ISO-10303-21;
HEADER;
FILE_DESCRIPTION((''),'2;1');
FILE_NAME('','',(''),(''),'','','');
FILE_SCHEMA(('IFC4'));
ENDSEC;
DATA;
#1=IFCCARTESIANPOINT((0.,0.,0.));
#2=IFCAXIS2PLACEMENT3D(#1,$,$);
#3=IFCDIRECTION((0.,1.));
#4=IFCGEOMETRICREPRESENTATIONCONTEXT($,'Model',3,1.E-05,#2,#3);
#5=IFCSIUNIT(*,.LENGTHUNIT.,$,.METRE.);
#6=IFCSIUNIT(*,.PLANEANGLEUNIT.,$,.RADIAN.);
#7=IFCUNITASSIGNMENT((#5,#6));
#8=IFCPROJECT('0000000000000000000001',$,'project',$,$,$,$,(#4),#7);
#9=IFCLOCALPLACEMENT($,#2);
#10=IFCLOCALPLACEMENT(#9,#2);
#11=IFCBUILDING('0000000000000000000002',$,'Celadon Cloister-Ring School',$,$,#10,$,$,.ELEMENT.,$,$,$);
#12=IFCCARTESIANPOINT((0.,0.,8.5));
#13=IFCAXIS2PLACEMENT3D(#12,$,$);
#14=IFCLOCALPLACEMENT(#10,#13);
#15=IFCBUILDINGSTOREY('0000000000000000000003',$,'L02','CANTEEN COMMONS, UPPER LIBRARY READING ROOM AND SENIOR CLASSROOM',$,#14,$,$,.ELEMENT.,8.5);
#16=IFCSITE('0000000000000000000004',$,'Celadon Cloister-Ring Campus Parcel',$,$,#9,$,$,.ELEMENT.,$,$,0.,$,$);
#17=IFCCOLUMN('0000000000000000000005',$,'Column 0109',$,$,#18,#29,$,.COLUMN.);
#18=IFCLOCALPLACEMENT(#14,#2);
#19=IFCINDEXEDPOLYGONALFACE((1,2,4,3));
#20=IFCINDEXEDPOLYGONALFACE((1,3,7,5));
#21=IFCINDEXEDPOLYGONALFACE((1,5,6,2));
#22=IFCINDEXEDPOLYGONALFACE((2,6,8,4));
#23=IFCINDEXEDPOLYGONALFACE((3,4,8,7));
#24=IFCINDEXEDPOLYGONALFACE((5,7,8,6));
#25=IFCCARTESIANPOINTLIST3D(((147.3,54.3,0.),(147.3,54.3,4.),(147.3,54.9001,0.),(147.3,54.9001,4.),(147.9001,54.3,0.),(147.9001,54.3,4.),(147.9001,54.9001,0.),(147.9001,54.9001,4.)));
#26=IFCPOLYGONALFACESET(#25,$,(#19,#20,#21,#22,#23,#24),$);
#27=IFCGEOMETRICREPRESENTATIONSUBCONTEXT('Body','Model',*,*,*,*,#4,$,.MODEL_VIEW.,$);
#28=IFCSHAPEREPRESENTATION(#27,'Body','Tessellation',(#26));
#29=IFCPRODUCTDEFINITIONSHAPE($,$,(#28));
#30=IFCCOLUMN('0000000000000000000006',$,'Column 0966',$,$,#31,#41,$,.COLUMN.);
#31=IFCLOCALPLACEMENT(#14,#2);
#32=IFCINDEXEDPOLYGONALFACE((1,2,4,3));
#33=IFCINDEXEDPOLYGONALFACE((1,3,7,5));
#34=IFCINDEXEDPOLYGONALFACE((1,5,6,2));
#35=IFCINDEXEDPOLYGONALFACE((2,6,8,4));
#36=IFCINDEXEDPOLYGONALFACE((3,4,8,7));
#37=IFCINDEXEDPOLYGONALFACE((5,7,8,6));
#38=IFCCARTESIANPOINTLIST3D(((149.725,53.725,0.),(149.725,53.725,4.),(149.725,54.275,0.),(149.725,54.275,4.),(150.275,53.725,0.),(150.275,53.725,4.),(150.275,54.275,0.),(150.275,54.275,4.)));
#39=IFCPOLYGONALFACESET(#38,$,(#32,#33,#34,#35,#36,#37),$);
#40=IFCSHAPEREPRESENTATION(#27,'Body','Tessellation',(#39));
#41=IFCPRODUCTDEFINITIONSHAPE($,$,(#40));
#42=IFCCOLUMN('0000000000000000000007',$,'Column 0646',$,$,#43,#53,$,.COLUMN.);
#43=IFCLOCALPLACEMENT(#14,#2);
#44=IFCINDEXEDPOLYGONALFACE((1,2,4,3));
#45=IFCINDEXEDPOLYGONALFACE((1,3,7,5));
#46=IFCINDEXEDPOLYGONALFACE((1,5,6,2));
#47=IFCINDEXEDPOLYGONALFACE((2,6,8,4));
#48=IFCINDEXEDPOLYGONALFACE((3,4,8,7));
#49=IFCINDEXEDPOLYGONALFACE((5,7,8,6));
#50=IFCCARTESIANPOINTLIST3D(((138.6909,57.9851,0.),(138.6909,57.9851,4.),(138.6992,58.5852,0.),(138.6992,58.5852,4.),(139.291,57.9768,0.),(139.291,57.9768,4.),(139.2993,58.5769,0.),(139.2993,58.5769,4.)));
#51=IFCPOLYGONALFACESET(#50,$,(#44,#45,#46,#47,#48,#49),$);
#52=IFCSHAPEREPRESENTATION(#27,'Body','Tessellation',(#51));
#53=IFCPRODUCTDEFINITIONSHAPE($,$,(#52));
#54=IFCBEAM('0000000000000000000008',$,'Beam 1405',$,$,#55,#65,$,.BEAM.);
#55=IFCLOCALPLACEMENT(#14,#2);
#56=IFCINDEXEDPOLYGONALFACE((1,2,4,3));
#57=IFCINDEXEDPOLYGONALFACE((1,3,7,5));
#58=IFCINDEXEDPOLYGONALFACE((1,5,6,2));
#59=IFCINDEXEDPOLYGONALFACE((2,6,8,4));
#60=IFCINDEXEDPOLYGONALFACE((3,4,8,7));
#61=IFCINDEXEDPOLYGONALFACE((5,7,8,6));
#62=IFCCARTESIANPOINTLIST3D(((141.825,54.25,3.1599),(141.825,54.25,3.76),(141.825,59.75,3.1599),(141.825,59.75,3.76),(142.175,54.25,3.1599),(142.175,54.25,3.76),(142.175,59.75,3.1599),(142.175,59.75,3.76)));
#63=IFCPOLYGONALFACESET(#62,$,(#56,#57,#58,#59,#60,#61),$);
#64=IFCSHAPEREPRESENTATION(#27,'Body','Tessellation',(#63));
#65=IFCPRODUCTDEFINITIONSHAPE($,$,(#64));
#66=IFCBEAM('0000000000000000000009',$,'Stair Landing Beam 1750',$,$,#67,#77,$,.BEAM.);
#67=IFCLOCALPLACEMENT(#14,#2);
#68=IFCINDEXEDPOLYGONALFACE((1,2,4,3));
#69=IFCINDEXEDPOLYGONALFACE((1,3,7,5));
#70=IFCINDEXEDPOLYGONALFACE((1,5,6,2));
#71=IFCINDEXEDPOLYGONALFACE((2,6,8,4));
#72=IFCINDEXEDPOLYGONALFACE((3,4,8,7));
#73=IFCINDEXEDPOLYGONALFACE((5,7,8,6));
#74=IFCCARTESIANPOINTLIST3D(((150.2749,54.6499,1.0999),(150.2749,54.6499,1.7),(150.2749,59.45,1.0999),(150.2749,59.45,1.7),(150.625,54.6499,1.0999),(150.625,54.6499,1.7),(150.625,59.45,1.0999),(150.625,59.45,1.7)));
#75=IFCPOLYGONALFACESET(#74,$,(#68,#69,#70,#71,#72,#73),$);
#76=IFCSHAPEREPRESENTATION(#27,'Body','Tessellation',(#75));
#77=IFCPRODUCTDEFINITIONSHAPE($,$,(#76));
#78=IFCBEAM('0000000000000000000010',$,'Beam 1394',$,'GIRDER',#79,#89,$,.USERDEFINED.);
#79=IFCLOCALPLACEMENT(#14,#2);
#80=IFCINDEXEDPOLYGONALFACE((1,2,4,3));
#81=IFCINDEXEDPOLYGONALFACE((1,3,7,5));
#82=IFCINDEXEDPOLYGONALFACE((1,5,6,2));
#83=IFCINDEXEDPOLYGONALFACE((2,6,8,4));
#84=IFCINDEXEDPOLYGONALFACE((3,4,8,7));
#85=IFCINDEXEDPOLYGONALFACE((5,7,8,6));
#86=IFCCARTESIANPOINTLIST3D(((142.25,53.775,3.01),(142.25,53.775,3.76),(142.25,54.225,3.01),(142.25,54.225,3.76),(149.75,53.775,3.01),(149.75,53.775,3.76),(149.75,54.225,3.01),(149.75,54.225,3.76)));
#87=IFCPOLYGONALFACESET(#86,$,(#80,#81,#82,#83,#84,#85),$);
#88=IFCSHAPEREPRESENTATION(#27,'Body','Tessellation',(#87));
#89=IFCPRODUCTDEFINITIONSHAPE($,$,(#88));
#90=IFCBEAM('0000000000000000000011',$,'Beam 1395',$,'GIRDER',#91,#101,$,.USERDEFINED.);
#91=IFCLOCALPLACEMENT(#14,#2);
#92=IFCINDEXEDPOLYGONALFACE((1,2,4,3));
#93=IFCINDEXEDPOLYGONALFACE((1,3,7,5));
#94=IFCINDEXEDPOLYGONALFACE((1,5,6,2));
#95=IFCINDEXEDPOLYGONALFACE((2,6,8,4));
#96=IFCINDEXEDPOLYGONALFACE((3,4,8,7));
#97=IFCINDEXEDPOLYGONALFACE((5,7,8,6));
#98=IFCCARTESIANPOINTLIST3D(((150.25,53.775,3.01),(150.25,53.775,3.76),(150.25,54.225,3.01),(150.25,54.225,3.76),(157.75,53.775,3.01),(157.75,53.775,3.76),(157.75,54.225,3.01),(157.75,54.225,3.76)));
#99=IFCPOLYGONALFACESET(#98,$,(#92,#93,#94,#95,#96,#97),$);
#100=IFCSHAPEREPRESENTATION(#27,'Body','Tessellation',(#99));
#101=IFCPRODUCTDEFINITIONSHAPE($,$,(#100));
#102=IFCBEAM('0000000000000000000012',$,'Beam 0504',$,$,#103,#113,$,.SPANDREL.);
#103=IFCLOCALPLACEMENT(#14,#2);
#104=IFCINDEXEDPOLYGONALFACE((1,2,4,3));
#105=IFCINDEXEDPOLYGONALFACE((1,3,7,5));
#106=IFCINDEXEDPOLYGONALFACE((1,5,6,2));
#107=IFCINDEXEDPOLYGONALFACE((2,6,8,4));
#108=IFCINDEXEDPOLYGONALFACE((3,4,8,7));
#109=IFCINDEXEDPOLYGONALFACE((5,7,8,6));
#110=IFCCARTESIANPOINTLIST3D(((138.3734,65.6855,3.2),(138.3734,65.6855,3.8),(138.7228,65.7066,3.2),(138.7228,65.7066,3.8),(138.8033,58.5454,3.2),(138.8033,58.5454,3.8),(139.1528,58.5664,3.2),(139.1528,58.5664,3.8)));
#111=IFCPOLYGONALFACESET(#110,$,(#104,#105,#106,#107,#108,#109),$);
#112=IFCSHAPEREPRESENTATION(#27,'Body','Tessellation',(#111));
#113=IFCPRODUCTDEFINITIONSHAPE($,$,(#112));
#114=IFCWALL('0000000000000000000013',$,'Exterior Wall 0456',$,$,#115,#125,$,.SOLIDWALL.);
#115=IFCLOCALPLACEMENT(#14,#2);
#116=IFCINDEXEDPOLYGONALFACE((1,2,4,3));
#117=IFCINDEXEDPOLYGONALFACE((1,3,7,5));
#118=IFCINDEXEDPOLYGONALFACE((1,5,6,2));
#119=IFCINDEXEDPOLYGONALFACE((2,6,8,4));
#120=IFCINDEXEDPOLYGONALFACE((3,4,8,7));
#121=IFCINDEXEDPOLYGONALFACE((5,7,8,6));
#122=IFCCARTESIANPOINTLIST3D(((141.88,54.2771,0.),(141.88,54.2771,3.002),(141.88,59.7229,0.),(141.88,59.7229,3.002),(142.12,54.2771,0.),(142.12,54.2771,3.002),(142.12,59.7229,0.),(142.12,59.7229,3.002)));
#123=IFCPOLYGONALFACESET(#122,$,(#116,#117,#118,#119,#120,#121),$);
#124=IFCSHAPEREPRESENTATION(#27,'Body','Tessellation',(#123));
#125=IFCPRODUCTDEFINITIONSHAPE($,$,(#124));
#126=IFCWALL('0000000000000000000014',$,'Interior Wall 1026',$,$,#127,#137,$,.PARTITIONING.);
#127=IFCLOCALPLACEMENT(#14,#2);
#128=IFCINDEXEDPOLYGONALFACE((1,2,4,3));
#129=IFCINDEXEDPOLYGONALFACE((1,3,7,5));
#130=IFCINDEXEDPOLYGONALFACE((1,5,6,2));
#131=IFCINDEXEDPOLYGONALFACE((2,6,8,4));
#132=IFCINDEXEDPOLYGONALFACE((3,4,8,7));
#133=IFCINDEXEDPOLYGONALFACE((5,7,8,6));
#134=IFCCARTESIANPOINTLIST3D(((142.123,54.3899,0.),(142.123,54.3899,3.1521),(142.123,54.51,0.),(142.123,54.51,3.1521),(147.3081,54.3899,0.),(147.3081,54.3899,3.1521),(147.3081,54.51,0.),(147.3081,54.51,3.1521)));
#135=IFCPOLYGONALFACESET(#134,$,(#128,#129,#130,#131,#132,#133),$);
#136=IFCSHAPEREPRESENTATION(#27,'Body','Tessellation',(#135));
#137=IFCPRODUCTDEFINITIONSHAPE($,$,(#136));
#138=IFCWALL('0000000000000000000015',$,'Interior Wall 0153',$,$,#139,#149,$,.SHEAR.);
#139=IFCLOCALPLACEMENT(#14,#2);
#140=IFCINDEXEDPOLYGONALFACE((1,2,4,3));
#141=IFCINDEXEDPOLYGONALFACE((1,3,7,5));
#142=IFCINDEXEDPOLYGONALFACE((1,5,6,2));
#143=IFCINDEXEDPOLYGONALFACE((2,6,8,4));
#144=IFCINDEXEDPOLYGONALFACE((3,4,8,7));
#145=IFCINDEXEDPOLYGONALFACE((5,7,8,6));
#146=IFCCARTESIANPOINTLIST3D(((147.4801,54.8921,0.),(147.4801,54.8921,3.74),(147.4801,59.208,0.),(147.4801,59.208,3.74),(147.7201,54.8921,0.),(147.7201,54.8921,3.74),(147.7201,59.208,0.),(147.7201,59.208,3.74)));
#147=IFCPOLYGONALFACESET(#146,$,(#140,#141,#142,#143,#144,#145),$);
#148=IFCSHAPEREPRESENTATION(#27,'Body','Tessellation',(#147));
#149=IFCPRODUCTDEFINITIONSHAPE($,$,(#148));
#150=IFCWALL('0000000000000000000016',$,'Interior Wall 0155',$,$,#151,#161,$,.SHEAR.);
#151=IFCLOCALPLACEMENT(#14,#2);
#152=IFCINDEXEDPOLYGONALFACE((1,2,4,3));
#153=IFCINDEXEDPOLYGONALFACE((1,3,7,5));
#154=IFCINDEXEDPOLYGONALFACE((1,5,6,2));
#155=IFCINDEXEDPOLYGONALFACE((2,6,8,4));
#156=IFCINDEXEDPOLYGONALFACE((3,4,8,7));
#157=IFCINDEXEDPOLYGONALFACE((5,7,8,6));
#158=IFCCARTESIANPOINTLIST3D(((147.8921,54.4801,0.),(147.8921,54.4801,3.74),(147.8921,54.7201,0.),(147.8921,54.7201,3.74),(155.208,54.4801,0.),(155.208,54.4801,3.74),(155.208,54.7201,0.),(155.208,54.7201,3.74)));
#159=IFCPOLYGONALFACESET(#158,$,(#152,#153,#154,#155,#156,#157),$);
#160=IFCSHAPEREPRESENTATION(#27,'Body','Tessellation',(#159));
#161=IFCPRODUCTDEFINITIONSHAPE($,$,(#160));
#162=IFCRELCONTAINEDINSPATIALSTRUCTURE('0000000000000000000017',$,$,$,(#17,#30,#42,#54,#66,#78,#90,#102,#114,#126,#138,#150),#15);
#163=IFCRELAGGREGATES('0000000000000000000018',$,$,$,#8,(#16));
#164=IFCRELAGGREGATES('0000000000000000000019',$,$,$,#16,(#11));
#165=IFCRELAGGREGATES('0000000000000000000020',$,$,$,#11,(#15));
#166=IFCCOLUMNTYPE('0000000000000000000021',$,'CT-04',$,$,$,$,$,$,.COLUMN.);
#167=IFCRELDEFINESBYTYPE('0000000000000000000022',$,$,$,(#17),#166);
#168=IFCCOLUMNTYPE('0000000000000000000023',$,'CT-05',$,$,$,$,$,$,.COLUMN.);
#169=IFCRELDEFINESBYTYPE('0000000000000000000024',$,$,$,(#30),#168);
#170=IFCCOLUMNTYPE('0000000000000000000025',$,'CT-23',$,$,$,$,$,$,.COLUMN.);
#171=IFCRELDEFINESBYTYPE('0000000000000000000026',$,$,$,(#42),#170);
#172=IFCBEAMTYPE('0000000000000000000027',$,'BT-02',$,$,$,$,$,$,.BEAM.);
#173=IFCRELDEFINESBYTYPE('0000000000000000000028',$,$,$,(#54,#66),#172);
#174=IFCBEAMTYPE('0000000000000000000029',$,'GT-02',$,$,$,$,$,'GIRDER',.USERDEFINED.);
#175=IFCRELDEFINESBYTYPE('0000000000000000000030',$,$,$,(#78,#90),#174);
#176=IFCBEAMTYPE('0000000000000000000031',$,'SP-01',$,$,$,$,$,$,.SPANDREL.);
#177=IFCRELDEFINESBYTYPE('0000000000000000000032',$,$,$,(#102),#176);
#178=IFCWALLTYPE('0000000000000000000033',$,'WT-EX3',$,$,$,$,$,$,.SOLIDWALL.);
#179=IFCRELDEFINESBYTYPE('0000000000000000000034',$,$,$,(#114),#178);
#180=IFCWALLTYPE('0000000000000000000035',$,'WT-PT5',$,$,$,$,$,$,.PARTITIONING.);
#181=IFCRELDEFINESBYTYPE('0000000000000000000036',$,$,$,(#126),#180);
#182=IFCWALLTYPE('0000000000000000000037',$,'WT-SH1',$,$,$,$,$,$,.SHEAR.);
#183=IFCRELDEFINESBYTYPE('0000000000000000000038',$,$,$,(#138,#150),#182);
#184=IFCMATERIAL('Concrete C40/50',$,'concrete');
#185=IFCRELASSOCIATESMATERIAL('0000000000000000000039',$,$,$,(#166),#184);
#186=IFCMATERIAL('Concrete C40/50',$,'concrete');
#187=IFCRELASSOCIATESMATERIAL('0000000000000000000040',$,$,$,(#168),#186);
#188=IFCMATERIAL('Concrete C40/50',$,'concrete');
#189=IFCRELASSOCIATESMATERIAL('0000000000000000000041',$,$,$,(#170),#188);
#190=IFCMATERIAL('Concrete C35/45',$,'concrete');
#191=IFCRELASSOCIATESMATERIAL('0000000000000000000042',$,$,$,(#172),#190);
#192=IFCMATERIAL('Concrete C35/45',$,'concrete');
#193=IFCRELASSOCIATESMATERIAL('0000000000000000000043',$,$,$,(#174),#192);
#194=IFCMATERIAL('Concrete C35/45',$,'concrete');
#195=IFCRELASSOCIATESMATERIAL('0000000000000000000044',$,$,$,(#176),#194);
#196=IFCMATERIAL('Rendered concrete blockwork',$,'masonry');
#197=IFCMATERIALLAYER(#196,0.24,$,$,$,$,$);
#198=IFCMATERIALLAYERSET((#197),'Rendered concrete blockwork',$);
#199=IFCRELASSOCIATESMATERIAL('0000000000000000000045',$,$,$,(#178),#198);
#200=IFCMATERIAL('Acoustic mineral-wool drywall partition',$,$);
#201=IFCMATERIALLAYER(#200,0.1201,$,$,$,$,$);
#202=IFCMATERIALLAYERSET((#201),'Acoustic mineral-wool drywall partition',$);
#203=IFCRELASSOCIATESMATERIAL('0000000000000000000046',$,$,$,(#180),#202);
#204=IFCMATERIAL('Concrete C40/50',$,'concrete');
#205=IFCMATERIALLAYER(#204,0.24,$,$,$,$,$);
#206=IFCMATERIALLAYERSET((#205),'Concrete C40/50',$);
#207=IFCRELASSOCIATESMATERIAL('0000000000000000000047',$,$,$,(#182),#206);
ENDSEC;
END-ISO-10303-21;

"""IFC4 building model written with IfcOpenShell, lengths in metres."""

from ifc_helpers import new_model, si_unit, direction, frame, frame_2d, origin, origin_2d, place, context, subcontext, project, spatial, rectangle, extrude, material, layer, layer_set, material_profile, profile_set, type_object, element, save


model = new_model("IFC4")

# Units and contexts
model_context = context("Model", 3, precision=1e-05, world=origin(), true_north=direction((0.0, 1.0)))
body_context = subcontext(model_context, "Body", "Model", "MODEL_VIEW")
ifc_project = project(units=[si_unit("LENGTHUNIT", "METRE"), si_unit("PLANEANGLEUNIT", "RADIAN")], contexts=[model_context])

# Site, building, storey
site_placement = place(None, origin())
site = spatial("IfcSite", under=ifc_project, at=site_placement, Name="Celadon Cloister-Ring Campus Parcel", CompositionType="ELEMENT", RefElevation=0.0)
building_placement = place(site_placement, origin())
building = spatial("IfcBuilding", under=site, at=building_placement, Name="Celadon Cloister-Ring School", CompositionType="ELEMENT")
storey_placement = place(building_placement, frame((0.0, 0.0, 8.5)))
storey = spatial("IfcBuildingStorey", under=building, at=storey_placement, Name="L02", Description="CANTEEN COMMONS, UPPER LIBRARY READING ROOM AND SENIOR CLASSROOM", CompositionType="ELEMENT", Elevation=8.5)

# Columns
ifc_material_1 = material(Name="Concrete C40/50", Category="concrete")
ifc_material_profile_1 = material_profile(ifc_material_1, rectangle(XDim=0.6001, YDim=0.6001, at=origin_2d()), Name="RC600X600")
ifc_profile_set_1 = profile_set([ifc_material_profile_1], Name="Concrete C40/50")
column_type_1 = type_object("IfcColumnType", Name="CT-04", PredefinedType="COLUMN", material=ifc_profile_set_1)
column_1_placement = place(storey_placement, frame((147.6001, 54.6001, 0.0), z_axis=(0.0, 0.0, 1.0), x_axis=(1.0, 0.0, 0.0)))
element("IfcColumn", 1, at=column_1_placement, inside=storey, type_object=column_type_1, Name="Column 0109", PredefinedType="COLUMN", context=body_context, shape_type="SweptSolid", body=[
    extrude(rectangle(XDim=0.6001, YDim=0.6001, at=origin_2d()), origin(), (0.0, 0.0, 1.0), 4.0),
])
ifc_material_2 = material(Name="Concrete C40/50", Category="concrete")
ifc_material_profile_2 = material_profile(ifc_material_2, rectangle(XDim=0.55, YDim=0.55, at=origin_2d()), Name="RC550X550")
ifc_profile_set_2 = profile_set([ifc_material_profile_2], Name="Concrete C40/50")
column_type_2 = type_object("IfcColumnType", Name="CT-05", PredefinedType="COLUMN", material=ifc_profile_set_2)
column_2_placement = place(storey_placement, frame((150.0, 54.0, 0.0), z_axis=(0.0, 0.0, 1.0), x_axis=(1.0, 0.0, 0.0)))
element("IfcColumn", 2, at=column_2_placement, inside=storey, type_object=column_type_2, Name="Column 0966", PredefinedType="COLUMN", context=body_context, shape_type="SweptSolid", body=[
    extrude(rectangle(XDim=0.55, YDim=0.55, at=origin_2d()), origin(), (0.0, 0.0, 1.0), 4.0),
])
ifc_material_3 = material(Name="Concrete C40/50", Category="concrete")
ifc_material_profile_3 = material_profile(ifc_material_3, rectangle(XDim=0.6001, YDim=0.6001, at=origin_2d()), Name="RC600X600")
ifc_profile_set_3 = profile_set([ifc_material_profile_3], Name="Concrete C40/50")
column_type_3 = type_object("IfcColumnType", Name="CT-23", PredefinedType="COLUMN", material=ifc_profile_set_3)
column_3_placement = place(storey_placement, frame((138.9951, 58.281, 0.0), z_axis=(0.0, 0.0, 1.0), x_axis=(0.999904, -0.013823, 0.0)))
element("IfcColumn", 3, at=column_3_placement, inside=storey, type_object=column_type_3, Name="Column 0646", PredefinedType="COLUMN", context=body_context, shape_type="SweptSolid", body=[
    extrude(rectangle(XDim=0.6001, YDim=0.6001, at=origin_2d()), origin(), (0.0, 0.0, 1.0), 4.0),
])

# Beams
ifc_material_4 = material(Name="Concrete C35/45", Category="concrete")
ifc_material_profile_4 = material_profile(ifc_material_4, rectangle(XDim=0.3501, YDim=0.6001, at=origin_2d()), Name="RC350X600")
ifc_profile_set_4 = profile_set([ifc_material_profile_4], Name="Concrete C35/45")
beam_type_1 = type_object("IfcBeamType", Name="BT-02", PredefinedType="BEAM", material=ifc_profile_set_4)
beam_1_placement = place(storey_placement, frame((142.0, 54.25, 3.46), z_axis=(0.0, 1.0, 0.0), x_axis=(-1.0, 0.0, 0.0)))
element("IfcBeam", 4, at=beam_1_placement, inside=storey, type_object=beam_type_1, Name="Beam 1405", PredefinedType="BEAM", context=body_context, shape_type="SweptSolid", body=[
    extrude(rectangle(XDim=0.3501, YDim=0.6001, at=origin_2d()), origin(), (0.0, 0.0, 1.0), 5.5),
])
beam_2_placement = place(storey_placement, frame((150.45, 54.6499, 1.3999), z_axis=(0.0, 1.0, 0.0), x_axis=(-1.0, 0.0, 0.0)))
element("IfcBeam", 5, at=beam_2_placement, inside=storey, type_object=beam_type_1, Name="Stair Landing Beam 1750", PredefinedType="BEAM", context=body_context, shape_type="SweptSolid", body=[
    extrude(rectangle(XDim=0.3501, YDim=0.6001, at=origin_2d()), origin(), (0.0, 0.0, 1.0), 4.8),
])
ifc_material_5 = material(Name="Concrete C35/45", Category="concrete")
ifc_material_profile_5 = material_profile(ifc_material_5, rectangle(XDim=0.45, YDim=0.75, at=origin_2d()), Name="RC450X750")
ifc_profile_set_5 = profile_set([ifc_material_profile_5], Name="Concrete C35/45")
beam_type_2 = type_object("IfcBeamType", Name="GT-02", ElementType="GIRDER", PredefinedType="USERDEFINED", material=ifc_profile_set_5)
for number, where, z_axis, x_axis, name in (
    (6, (142.25, 54.0, 3.385), (1.0, 0.0, 0.0), (0.0, 1.0, 0.0), "Beam 1394"),
    (7, (150.25, 54.0, 3.385), (1.0, 0.0, 0.0), (0.0, 1.0, 0.0), "Beam 1395"),
):
    element("IfcBeam", number, at=place(storey_placement, frame(where, z_axis=z_axis, x_axis=x_axis)), inside=storey, type_object=beam_type_2, Name=name, ObjectType="GIRDER", PredefinedType="USERDEFINED", context=body_context, shape_type="SweptSolid", body=[
        extrude(rectangle(XDim=0.45, YDim=0.75, at=origin_2d()), origin(), (0.0, 0.0, 1.0), 7.5),
    ])
ifc_material_6 = material(Name="Concrete C35/45", Category="concrete")
ifc_material_profile_6 = material_profile(ifc_material_6, rectangle(XDim=0.3501, YDim=0.6001, at=origin_2d()), Name="RC350X600")
ifc_profile_set_6 = profile_set([ifc_material_profile_6], Name="Concrete C35/45")
beam_type_3 = type_object("IfcBeamType", Name="SP-01", PredefinedType="SPANDREL", material=ifc_profile_set_6)
beam_3_placement = place(storey_placement, frame((138.978, 58.5559, 3.5), z_axis=(-0.060105, 0.998192, 0.0), x_axis=(-0.998192, -0.060105, 0.0)))
element("IfcBeam", 8, at=beam_3_placement, inside=storey, type_object=beam_type_3, Name="Beam 0504", PredefinedType="SPANDREL", context=body_context, shape_type="SweptSolid", body=[
    extrude(rectangle(XDim=0.3501, YDim=0.6001, at=origin_2d()), origin(), (0.0, 0.0, 1.0), 7.1531),
])

# Walls
ifc_material_7 = material(Name="Rendered concrete blockwork", Category="masonry")
ifc_layer_1 = layer(ifc_material_7, 0.24)
ifc_layer_set_1 = layer_set([ifc_layer_1], Name="Rendered concrete blockwork")
wall_type_1 = type_object("IfcWallType", Name="WT-EX3", PredefinedType="SOLIDWALL", material=ifc_layer_set_1)
wall_1_placement = place(storey_placement, frame((142.0, 54.2771, 0.0), z_axis=(0.0, 0.0, 1.0), x_axis=(0.0, 1.0, 0.0)))
element("IfcWall", 9, at=wall_1_placement, inside=storey, type_object=wall_type_1, Name="Exterior Wall 0456", PredefinedType="SOLIDWALL", context=body_context, shape_type="SweptSolid", body=[
    extrude(rectangle(XDim=5.4458, YDim=0.24, at=frame_2d((2.7229, 0.0))), origin(), (0.0, 0.0, 1.0), 3.002),
])
ifc_material_8 = material(Name="Acoustic mineral-wool drywall partition")
ifc_layer_2 = layer(ifc_material_8, 0.1201)
ifc_layer_set_2 = layer_set([ifc_layer_2], Name="Acoustic mineral-wool drywall partition")
wall_type_2 = type_object("IfcWallType", Name="WT-PT5", PredefinedType="PARTITIONING", material=ifc_layer_set_2)
wall_2_placement = place(storey_placement, frame((142.123, 54.45, 0.0), z_axis=(0.0, 0.0, 1.0), x_axis=(1.0, 0.0, 0.0)))
element("IfcWall", 10, at=wall_2_placement, inside=storey, type_object=wall_type_2, Name="Interior Wall 1026", PredefinedType="PARTITIONING", context=body_context, shape_type="SweptSolid", body=[
    extrude(rectangle(XDim=5.1851, YDim=0.1201, at=frame_2d((2.5925, 0.0))), origin(), (0.0, 0.0, 1.0), 3.1521),
])
ifc_material_9 = material(Name="Concrete C40/50", Category="concrete")
ifc_layer_3 = layer(ifc_material_9, 0.24)
ifc_layer_set_3 = layer_set([ifc_layer_3], Name="Concrete C40/50")
wall_type_3 = type_object("IfcWallType", Name="WT-SH1", PredefinedType="SHEAR", material=ifc_layer_set_3)
wall_3_placement = place(storey_placement, frame((147.6001, 54.8921, 0.0), z_axis=(0.0, 0.0, 1.0), x_axis=(0.0, 1.0, 0.0)))
element("IfcWall", 11, at=wall_3_placement, inside=storey, type_object=wall_type_3, Name="Interior Wall 0153", PredefinedType="SHEAR", context=body_context, shape_type="SweptSolid", body=[
    extrude(rectangle(XDim=4.3159, YDim=0.24, at=frame_2d((2.158, 0.0))), origin(), (0.0, 0.0, 1.0), 3.74),
])
wall_4_placement = place(storey_placement, frame((155.208, 54.6001, 0.0), z_axis=(0.0, 0.0, 1.0), x_axis=(-1.0, 0.0, 0.0)))
element("IfcWall", 12, at=wall_4_placement, inside=storey, type_object=wall_type_3, Name="Interior Wall 0155", PredefinedType="SHEAR", context=body_context, shape_type="SweptSolid", body=[
    extrude(rectangle(XDim=7.3159, YDim=0.24, at=frame_2d((3.658, 0.0))), origin(), (0.0, 0.0, 1.0), 3.74),
])

save(model, "model.ifc")
